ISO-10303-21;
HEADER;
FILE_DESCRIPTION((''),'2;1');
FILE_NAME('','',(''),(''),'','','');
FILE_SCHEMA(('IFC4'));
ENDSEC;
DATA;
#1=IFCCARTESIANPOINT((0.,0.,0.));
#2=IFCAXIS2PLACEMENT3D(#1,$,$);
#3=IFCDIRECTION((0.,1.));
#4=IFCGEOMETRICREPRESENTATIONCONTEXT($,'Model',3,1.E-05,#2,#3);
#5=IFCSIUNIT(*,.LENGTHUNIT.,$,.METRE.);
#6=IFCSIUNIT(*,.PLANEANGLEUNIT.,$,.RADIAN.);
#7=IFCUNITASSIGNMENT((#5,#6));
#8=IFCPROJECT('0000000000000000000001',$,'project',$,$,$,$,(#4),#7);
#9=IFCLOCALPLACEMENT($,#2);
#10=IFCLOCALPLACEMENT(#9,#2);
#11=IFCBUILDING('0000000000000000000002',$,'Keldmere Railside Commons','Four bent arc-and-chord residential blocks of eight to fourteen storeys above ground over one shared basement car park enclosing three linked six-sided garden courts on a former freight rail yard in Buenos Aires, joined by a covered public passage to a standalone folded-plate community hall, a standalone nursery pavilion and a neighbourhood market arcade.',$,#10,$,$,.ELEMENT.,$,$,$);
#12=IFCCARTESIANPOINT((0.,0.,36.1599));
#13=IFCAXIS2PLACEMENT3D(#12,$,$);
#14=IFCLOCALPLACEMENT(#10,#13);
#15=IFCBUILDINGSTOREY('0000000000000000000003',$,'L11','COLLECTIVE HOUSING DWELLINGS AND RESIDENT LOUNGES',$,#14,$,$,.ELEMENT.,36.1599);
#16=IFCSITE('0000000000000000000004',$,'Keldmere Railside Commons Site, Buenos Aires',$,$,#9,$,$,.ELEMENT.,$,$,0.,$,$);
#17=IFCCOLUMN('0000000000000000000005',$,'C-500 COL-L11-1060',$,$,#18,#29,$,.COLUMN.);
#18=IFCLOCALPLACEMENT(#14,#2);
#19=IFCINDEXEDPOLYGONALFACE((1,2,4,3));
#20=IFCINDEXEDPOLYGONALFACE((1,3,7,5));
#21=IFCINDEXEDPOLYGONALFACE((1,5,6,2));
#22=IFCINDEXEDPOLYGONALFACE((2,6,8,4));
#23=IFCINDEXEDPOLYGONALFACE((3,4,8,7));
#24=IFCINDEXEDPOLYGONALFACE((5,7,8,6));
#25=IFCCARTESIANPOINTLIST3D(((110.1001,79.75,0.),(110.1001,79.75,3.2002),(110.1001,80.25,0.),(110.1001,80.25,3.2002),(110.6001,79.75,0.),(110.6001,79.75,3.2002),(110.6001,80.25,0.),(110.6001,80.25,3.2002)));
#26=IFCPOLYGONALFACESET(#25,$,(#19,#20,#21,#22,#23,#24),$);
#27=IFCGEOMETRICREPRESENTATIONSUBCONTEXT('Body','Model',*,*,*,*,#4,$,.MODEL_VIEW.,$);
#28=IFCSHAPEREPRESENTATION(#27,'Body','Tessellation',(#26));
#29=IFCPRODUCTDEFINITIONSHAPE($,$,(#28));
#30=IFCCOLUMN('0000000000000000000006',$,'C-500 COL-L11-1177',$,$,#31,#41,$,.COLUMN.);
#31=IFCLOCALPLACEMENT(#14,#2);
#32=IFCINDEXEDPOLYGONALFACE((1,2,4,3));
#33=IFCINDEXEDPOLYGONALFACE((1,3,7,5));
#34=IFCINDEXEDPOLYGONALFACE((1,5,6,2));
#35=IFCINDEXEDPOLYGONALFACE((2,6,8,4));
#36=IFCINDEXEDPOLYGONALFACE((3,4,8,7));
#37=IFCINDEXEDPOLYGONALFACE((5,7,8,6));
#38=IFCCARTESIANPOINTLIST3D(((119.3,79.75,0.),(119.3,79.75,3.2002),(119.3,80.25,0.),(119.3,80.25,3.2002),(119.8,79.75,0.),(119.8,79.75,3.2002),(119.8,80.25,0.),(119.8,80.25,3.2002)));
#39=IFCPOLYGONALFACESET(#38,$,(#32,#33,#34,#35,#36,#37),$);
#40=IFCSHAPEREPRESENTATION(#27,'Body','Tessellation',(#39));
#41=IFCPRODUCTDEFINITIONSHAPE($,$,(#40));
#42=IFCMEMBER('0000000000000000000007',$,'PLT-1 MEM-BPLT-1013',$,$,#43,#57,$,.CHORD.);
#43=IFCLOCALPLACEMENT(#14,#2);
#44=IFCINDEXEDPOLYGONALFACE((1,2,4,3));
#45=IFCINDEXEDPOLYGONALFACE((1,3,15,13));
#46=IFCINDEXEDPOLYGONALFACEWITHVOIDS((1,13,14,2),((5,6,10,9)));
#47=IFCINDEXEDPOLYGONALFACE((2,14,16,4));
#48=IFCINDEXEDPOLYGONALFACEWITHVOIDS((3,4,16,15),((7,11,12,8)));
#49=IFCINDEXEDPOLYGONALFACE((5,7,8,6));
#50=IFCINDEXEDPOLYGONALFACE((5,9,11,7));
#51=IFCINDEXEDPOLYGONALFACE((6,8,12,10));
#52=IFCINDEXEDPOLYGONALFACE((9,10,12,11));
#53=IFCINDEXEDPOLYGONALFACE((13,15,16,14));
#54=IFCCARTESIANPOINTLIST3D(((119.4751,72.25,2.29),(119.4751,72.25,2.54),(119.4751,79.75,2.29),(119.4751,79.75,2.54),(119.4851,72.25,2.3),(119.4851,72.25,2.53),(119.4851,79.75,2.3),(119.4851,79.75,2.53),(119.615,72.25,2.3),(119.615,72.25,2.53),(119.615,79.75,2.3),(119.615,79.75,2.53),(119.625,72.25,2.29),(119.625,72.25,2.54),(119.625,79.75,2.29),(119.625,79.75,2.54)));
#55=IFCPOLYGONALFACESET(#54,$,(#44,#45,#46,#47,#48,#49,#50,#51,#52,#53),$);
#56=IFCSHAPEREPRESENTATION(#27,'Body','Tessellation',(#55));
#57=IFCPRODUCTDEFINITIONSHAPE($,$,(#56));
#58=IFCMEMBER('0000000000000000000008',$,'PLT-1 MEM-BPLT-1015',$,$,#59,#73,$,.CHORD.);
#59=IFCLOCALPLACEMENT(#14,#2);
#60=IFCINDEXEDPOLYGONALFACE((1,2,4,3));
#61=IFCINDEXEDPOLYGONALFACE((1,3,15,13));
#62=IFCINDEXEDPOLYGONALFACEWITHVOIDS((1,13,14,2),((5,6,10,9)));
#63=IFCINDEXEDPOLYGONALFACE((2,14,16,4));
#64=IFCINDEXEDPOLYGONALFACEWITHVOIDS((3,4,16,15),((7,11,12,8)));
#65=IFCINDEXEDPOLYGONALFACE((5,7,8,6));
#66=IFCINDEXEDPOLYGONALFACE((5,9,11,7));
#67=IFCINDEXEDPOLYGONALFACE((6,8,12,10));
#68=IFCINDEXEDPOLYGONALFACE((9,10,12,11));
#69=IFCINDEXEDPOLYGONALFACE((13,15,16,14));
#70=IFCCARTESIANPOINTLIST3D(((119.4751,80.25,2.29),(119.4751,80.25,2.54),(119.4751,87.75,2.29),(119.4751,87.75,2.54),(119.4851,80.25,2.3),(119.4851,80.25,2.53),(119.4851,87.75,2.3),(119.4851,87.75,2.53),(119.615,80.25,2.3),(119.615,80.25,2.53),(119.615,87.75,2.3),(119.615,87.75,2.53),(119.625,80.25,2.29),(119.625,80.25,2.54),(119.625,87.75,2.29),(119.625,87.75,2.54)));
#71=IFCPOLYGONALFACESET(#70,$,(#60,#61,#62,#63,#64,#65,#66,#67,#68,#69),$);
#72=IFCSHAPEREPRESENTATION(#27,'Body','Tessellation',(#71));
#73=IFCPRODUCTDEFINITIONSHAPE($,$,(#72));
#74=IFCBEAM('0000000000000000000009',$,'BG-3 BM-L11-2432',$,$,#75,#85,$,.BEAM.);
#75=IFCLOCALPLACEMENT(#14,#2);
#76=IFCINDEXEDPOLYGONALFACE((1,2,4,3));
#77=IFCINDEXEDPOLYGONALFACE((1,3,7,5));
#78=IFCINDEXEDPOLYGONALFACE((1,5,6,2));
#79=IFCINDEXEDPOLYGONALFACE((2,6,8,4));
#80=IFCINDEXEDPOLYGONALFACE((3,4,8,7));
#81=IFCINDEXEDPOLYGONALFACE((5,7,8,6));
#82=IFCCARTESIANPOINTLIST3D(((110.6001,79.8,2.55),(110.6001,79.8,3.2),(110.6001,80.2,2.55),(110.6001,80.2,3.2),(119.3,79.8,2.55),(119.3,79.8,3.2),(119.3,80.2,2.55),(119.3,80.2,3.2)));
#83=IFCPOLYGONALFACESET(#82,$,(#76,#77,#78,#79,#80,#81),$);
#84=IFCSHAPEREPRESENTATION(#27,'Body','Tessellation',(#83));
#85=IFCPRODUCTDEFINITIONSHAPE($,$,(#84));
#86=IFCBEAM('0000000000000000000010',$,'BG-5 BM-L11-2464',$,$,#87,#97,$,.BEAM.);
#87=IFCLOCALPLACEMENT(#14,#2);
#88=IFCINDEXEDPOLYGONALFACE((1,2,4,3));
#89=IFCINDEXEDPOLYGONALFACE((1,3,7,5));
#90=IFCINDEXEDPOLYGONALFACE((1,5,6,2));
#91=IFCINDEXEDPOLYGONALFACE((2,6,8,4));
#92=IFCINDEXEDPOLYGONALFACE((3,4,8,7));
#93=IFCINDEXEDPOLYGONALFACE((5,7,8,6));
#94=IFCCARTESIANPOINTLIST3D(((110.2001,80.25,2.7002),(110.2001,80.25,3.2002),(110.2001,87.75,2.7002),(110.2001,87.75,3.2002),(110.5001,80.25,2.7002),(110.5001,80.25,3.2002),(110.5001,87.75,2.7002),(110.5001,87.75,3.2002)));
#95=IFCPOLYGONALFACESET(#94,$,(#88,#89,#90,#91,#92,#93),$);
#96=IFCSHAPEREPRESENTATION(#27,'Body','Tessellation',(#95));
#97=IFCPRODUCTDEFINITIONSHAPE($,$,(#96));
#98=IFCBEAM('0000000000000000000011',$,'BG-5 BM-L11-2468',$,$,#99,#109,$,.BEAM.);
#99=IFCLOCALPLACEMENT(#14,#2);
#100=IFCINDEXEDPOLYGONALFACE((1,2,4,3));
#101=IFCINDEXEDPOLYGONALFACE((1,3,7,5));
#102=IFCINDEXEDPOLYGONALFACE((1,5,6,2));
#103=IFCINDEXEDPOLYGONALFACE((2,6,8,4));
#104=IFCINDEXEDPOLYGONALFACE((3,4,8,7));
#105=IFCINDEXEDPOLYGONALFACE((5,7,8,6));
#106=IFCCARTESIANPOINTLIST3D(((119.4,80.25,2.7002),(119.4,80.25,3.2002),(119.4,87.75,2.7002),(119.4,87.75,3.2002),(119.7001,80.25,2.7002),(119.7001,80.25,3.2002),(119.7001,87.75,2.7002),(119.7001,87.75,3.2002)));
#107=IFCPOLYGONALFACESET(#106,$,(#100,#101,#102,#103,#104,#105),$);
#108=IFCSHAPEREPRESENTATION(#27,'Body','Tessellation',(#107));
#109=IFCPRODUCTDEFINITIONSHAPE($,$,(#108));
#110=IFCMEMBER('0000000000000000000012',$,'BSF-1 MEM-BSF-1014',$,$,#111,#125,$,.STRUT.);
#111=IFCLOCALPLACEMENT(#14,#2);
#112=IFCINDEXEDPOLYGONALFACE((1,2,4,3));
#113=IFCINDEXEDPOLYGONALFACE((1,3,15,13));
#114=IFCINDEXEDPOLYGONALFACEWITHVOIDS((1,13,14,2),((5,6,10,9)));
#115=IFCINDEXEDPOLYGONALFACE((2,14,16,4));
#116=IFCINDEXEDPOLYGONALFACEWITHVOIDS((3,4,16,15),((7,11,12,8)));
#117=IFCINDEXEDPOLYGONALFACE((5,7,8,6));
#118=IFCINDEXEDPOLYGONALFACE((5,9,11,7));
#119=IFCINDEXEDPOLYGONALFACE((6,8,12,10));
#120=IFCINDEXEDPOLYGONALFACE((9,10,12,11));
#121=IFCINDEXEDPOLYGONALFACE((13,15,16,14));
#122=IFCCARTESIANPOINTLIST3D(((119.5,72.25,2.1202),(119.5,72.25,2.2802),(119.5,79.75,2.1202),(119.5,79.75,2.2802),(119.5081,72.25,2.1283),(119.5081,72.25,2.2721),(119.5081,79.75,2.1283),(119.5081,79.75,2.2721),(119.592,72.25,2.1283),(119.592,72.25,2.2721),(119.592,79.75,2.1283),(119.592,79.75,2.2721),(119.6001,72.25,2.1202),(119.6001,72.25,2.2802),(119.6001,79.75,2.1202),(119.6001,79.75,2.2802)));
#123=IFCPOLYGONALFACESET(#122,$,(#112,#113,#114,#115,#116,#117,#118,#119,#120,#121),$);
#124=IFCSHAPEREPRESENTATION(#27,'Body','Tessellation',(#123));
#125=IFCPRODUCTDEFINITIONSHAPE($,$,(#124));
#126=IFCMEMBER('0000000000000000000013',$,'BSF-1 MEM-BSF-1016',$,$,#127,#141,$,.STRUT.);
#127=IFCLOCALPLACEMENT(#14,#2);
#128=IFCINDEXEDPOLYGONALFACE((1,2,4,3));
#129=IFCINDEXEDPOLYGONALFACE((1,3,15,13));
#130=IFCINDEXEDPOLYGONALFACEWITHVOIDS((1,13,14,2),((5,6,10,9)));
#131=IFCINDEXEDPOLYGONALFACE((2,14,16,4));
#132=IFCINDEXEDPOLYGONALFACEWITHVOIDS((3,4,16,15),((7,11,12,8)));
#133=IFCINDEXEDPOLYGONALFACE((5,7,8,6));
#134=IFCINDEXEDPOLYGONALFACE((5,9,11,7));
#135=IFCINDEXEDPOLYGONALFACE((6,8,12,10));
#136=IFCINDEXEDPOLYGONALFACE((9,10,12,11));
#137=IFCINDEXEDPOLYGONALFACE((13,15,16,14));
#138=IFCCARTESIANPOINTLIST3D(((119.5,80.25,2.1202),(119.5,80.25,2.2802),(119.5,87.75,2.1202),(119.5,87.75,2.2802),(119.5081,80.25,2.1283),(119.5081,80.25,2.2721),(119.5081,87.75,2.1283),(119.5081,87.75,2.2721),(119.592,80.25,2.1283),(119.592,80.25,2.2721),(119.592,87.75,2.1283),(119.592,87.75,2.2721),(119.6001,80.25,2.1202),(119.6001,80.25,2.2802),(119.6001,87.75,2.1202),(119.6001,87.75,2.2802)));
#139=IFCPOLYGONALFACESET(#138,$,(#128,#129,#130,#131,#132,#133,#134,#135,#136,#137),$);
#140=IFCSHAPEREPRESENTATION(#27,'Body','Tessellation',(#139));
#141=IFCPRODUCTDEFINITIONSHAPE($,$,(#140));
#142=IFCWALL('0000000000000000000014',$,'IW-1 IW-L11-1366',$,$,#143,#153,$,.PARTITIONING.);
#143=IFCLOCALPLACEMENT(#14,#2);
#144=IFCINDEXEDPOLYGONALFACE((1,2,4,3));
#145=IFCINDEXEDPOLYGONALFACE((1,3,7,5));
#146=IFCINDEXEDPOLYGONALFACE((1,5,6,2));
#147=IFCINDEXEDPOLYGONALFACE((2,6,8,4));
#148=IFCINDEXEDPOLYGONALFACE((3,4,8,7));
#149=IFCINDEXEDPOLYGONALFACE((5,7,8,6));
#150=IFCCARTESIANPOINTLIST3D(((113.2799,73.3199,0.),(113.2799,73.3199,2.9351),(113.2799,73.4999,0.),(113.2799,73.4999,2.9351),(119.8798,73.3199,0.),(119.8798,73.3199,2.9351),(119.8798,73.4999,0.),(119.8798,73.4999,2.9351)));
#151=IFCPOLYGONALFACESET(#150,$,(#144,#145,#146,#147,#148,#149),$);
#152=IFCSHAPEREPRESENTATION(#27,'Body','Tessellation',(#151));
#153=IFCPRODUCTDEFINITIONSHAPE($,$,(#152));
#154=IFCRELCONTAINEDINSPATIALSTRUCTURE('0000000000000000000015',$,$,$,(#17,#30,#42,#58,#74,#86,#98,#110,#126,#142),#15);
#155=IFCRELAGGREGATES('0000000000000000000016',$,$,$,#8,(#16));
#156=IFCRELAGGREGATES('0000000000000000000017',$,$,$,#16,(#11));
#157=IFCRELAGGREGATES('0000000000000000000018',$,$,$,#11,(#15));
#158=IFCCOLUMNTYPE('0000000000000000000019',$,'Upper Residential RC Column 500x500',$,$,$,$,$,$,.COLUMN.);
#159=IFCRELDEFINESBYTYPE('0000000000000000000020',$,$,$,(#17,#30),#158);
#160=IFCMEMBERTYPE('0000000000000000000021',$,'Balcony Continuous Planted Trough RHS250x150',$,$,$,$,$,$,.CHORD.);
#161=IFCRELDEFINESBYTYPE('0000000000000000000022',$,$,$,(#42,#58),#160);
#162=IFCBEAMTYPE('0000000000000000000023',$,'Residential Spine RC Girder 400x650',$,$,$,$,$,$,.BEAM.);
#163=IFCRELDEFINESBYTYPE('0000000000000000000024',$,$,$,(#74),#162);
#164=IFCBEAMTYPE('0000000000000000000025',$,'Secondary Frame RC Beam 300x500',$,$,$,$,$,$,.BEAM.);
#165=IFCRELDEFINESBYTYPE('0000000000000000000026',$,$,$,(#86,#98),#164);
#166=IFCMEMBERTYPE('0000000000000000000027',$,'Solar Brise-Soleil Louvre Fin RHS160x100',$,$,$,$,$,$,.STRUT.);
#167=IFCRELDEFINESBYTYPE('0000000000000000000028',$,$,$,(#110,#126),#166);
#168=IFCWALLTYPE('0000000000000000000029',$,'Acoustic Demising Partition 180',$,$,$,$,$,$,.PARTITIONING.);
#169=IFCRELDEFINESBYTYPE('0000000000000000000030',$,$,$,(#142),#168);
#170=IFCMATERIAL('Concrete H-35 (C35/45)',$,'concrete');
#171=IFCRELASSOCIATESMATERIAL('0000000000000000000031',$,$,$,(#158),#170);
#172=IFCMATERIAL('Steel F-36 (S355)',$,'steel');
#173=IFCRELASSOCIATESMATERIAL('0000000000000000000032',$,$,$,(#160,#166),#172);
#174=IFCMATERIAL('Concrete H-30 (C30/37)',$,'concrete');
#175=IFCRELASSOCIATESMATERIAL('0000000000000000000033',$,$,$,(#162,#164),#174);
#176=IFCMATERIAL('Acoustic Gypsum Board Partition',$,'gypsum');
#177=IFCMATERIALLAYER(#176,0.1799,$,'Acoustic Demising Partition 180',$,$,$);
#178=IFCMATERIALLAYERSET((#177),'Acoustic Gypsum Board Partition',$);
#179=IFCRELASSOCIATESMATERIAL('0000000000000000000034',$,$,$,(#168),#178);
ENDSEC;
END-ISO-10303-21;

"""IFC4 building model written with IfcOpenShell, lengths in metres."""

from ifc_helpers import new_model, si_unit, direction, frame, frame_2d, origin, origin_2d, place, context, subcontext, project, spatial, rectangle, hollow_rectangle, extrude, material, layer, layer_set, material_profile, profile_set, type_object, element, save


model = new_model("IFC4")

# Units and contexts
model_context = context("Model", 3, precision=1e-05, world=origin(), true_north=direction((0.0, 1.0)))
body_context = subcontext(model_context, "Body", "Model", "MODEL_VIEW")
ifc_project = project(units=[si_unit("LENGTHUNIT", "METRE"), si_unit("PLANEANGLEUNIT", "RADIAN")], contexts=[model_context])

# Site, building, storey
site_placement = place(None, origin())
site = spatial("IfcSite", under=ifc_project, at=site_placement, Name="Keldmere Railside Commons Site, Buenos Aires", CompositionType="ELEMENT", RefElevation=0.0)
building_placement = place(site_placement, origin())
building = spatial("IfcBuilding", under=site, at=building_placement, Name="Keldmere Railside Commons", Description="Four bent arc-and-chord residential blocks of eight to fourteen storeys above ground over one shared basement car park enclosing three linked six-sided garden courts on a former freight rail yard in Buenos Aires, joined by a covered public passage to a standalone folded-plate community hall, a standalone nursery pavilion and a neighbourhood market arcade.", CompositionType="ELEMENT")
storey_placement = place(building_placement, frame((0.0, 0.0, 36.1599)))
storey = spatial("IfcBuildingStorey", under=building, at=storey_placement, Name="L11", Description="COLLECTIVE HOUSING DWELLINGS AND RESIDENT LOUNGES", CompositionType="ELEMENT", Elevation=36.1599)

# Columns
ifc_material_1 = material(Name="Concrete H-35 (C35/45)", Category="concrete")
ifc_material_profile_1 = material_profile(ifc_material_1, rectangle(XDim=0.5, YDim=0.5, at=origin_2d()), Name="RC-500x500")
ifc_profile_set_1 = profile_set([ifc_material_profile_1], Name="Concrete H-35 (C35/45)")
column_type = type_object("IfcColumnType", Name="Upper Residential RC Column 500x500", PredefinedType="COLUMN", material=ifc_profile_set_1)
for number, where, z_axis, x_axis, name in (
    (1, (110.3501, 80.0, 0.0), (0.0, 0.0, 1.0), (1.0, 0.0, 0.0), "C-500 COL-L11-1060"),
    (2, (119.55, 80.0, 0.0), (0.0, 0.0, 1.0), (1.0, 0.0, 0.0), "C-500 COL-L11-1177"),
):
    element("IfcColumn", number, at=place(storey_placement, frame(where, z_axis=z_axis, x_axis=x_axis)), inside=storey, type_object=column_type, Name=name, PredefinedType="COLUMN", context=body_context, shape_type="SweptSolid", body=[
        extrude(rectangle(XDim=0.5, YDim=0.5, at=origin_2d()), origin(), (0.0, 0.0, 1.0), 3.2002),
    ])

# Members
ifc_material_2 = material(Name="Steel F-36 (S355)", Category="steel")
ifc_material_profile_2 = material_profile(ifc_material_2, hollow_rectangle(XDim=0.1499, YDim=0.25, WallThickness=0.01, at=origin_2d()), Name="RHS-250x150x10")
ifc_profile_set_2 = profile_set([ifc_material_profile_2], Name="Steel F-36 (S355)")
member_type_1 = type_object("IfcMemberType", Name="Balcony Continuous Planted Trough RHS250x150", PredefinedType="CHORD", material=ifc_profile_set_2)
for number, where, z_axis, x_axis, name in (
    (3, (119.55, 72.25, 2.415), (0.0, 1.0, 0.0), (-1.0, 0.0, 0.0), "PLT-1 MEM-BPLT-1013"),
    (4, (119.55, 80.25, 2.415), (0.0, 1.0, 0.0), (-1.0, 0.0, 0.0), "PLT-1 MEM-BPLT-1015"),
):
    element("IfcMember", number, at=place(storey_placement, frame(where, z_axis=z_axis, x_axis=x_axis)), inside=storey, type_object=member_type_1, Name=name, PredefinedType="CHORD", context=body_context, shape_type="SweptSolid", body=[
        extrude(hollow_rectangle(XDim=0.1499, YDim=0.25, WallThickness=0.01, at=origin_2d()), origin(), (0.0, 0.0, 1.0), 7.5),
    ])

# Beams
ifc_material_3 = material(Name="Concrete H-30 (C30/37)", Category="concrete")
ifc_material_profile_3 = material_profile(ifc_material_3, rectangle(XDim=0.3999, YDim=0.6499, at=origin_2d()), Name="RC-400x650")
ifc_profile_set_3 = profile_set([ifc_material_profile_3], Name="Concrete H-30 (C30/37)")
beam_type_1 = type_object("IfcBeamType", Name="Residential Spine RC Girder 400x650", PredefinedType="BEAM", material=ifc_profile_set_3)
beam_placement = place(storey_placement, frame((110.6001, 80.0, 2.875), z_axis=(1.0, 0.0, 0.0), x_axis=(0.0, 1.0, 0.0)))
element("IfcBeam", 5, at=beam_placement, inside=storey, type_object=beam_type_1, Name="BG-3 BM-L11-2432", PredefinedType="BEAM", context=body_context, shape_type="SweptSolid", body=[
    extrude(rectangle(XDim=0.3999, YDim=0.6499, at=origin_2d()), origin(), (0.0, 0.0, 1.0), 8.7),
])
ifc_material_profile_4 = material_profile(ifc_material_3, rectangle(XDim=0.3, YDim=0.5, at=origin_2d()), Name="RC-300x500")
ifc_profile_set_4 = profile_set([ifc_material_profile_4], Name="Concrete H-30 (C30/37)")
beam_type_2 = type_object("IfcBeamType", Name="Secondary Frame RC Beam 300x500", PredefinedType="BEAM", material=ifc_profile_set_4)
for number, where, z_axis, x_axis, name in (
    (6, (110.3501, 80.25, 2.9502), (0.0, 1.0, 0.0), (-1.0, 0.0, 0.0), "BG-5 BM-L11-2464"),
    (7, (119.55, 80.25, 2.9502), (0.0, 1.0, 0.0), (-1.0, 0.0, 0.0), "BG-5 BM-L11-2468"),
):
    element("IfcBeam", number, at=place(storey_placement, frame(where, z_axis=z_axis, x_axis=x_axis)), inside=storey, type_object=beam_type_2, Name=name, PredefinedType="BEAM", context=body_context, shape_type="SweptSolid", body=[
        extrude(rectangle(XDim=0.3, YDim=0.5, at=origin_2d()), origin(), (0.0, 0.0, 1.0), 7.5),
    ])

# Members
ifc_material_profile_5 = material_profile(ifc_material_2, hollow_rectangle(XDim=0.1001, YDim=0.1599, WallThickness=0.0081, at=origin_2d()), Name="RHS-160x100x8")
ifc_profile_set_5 = profile_set([ifc_material_profile_5], Name="Steel F-36 (S355)")
member_type_2 = type_object("IfcMemberType", Name="Solar Brise-Soleil Louvre Fin RHS160x100", PredefinedType="STRUT", material=ifc_profile_set_5)
for number, where, z_axis, x_axis, name in (
    (8, (119.55, 72.25, 2.2002), (0.0, 1.0, 0.0), (-1.0, 0.0, 0.0), "BSF-1 MEM-BSF-1014"),
    (9, (119.55, 80.25, 2.2002), (0.0, 1.0, 0.0), (-1.0, 0.0, 0.0), "BSF-1 MEM-BSF-1016"),
):
    element("IfcMember", number, at=place(storey_placement, frame(where, z_axis=z_axis, x_axis=x_axis)), inside=storey, type_object=member_type_2, Name=name, PredefinedType="STRUT", context=body_context, shape_type="SweptSolid", body=[
        extrude(hollow_rectangle(XDim=0.1001, YDim=0.1599, WallThickness=0.0081, at=origin_2d()), origin(), (0.0, 0.0, 1.0), 7.5),
    ])

# Wall
ifc_material_4 = material(Name="Acoustic Gypsum Board Partition", Category="gypsum")
ifc_layer_1 = layer(ifc_material_4, 0.1799, Name="Acoustic Demising Partition 180")
ifc_layer_set_1 = layer_set([ifc_layer_1], Name="Acoustic Gypsum Board Partition")
wall_type_1 = type_object("IfcWallType", Name="Acoustic Demising Partition 180", PredefinedType="PARTITIONING", material=ifc_layer_set_1)
wall_1_placement = place(storey_placement, frame((113.28, 73.4099, 0.0), z_axis=(0.0, 0.0, 1.0), x_axis=(1.0, 0.0, 0.0)))
element("IfcWall", 10, at=wall_1_placement, inside=storey, type_object=wall_type_1, Name="IW-1 IW-L11-1366", PredefinedType="PARTITIONING", context=body_context, shape_type="SweptSolid", body=[
    extrude(rectangle(XDim=6.5999, YDim=0.1799, at=frame_2d((3.2998, 0.0))), origin(), (0.0, 0.0, 1.0), 2.9351),
])

save(model, "model.ifc")
